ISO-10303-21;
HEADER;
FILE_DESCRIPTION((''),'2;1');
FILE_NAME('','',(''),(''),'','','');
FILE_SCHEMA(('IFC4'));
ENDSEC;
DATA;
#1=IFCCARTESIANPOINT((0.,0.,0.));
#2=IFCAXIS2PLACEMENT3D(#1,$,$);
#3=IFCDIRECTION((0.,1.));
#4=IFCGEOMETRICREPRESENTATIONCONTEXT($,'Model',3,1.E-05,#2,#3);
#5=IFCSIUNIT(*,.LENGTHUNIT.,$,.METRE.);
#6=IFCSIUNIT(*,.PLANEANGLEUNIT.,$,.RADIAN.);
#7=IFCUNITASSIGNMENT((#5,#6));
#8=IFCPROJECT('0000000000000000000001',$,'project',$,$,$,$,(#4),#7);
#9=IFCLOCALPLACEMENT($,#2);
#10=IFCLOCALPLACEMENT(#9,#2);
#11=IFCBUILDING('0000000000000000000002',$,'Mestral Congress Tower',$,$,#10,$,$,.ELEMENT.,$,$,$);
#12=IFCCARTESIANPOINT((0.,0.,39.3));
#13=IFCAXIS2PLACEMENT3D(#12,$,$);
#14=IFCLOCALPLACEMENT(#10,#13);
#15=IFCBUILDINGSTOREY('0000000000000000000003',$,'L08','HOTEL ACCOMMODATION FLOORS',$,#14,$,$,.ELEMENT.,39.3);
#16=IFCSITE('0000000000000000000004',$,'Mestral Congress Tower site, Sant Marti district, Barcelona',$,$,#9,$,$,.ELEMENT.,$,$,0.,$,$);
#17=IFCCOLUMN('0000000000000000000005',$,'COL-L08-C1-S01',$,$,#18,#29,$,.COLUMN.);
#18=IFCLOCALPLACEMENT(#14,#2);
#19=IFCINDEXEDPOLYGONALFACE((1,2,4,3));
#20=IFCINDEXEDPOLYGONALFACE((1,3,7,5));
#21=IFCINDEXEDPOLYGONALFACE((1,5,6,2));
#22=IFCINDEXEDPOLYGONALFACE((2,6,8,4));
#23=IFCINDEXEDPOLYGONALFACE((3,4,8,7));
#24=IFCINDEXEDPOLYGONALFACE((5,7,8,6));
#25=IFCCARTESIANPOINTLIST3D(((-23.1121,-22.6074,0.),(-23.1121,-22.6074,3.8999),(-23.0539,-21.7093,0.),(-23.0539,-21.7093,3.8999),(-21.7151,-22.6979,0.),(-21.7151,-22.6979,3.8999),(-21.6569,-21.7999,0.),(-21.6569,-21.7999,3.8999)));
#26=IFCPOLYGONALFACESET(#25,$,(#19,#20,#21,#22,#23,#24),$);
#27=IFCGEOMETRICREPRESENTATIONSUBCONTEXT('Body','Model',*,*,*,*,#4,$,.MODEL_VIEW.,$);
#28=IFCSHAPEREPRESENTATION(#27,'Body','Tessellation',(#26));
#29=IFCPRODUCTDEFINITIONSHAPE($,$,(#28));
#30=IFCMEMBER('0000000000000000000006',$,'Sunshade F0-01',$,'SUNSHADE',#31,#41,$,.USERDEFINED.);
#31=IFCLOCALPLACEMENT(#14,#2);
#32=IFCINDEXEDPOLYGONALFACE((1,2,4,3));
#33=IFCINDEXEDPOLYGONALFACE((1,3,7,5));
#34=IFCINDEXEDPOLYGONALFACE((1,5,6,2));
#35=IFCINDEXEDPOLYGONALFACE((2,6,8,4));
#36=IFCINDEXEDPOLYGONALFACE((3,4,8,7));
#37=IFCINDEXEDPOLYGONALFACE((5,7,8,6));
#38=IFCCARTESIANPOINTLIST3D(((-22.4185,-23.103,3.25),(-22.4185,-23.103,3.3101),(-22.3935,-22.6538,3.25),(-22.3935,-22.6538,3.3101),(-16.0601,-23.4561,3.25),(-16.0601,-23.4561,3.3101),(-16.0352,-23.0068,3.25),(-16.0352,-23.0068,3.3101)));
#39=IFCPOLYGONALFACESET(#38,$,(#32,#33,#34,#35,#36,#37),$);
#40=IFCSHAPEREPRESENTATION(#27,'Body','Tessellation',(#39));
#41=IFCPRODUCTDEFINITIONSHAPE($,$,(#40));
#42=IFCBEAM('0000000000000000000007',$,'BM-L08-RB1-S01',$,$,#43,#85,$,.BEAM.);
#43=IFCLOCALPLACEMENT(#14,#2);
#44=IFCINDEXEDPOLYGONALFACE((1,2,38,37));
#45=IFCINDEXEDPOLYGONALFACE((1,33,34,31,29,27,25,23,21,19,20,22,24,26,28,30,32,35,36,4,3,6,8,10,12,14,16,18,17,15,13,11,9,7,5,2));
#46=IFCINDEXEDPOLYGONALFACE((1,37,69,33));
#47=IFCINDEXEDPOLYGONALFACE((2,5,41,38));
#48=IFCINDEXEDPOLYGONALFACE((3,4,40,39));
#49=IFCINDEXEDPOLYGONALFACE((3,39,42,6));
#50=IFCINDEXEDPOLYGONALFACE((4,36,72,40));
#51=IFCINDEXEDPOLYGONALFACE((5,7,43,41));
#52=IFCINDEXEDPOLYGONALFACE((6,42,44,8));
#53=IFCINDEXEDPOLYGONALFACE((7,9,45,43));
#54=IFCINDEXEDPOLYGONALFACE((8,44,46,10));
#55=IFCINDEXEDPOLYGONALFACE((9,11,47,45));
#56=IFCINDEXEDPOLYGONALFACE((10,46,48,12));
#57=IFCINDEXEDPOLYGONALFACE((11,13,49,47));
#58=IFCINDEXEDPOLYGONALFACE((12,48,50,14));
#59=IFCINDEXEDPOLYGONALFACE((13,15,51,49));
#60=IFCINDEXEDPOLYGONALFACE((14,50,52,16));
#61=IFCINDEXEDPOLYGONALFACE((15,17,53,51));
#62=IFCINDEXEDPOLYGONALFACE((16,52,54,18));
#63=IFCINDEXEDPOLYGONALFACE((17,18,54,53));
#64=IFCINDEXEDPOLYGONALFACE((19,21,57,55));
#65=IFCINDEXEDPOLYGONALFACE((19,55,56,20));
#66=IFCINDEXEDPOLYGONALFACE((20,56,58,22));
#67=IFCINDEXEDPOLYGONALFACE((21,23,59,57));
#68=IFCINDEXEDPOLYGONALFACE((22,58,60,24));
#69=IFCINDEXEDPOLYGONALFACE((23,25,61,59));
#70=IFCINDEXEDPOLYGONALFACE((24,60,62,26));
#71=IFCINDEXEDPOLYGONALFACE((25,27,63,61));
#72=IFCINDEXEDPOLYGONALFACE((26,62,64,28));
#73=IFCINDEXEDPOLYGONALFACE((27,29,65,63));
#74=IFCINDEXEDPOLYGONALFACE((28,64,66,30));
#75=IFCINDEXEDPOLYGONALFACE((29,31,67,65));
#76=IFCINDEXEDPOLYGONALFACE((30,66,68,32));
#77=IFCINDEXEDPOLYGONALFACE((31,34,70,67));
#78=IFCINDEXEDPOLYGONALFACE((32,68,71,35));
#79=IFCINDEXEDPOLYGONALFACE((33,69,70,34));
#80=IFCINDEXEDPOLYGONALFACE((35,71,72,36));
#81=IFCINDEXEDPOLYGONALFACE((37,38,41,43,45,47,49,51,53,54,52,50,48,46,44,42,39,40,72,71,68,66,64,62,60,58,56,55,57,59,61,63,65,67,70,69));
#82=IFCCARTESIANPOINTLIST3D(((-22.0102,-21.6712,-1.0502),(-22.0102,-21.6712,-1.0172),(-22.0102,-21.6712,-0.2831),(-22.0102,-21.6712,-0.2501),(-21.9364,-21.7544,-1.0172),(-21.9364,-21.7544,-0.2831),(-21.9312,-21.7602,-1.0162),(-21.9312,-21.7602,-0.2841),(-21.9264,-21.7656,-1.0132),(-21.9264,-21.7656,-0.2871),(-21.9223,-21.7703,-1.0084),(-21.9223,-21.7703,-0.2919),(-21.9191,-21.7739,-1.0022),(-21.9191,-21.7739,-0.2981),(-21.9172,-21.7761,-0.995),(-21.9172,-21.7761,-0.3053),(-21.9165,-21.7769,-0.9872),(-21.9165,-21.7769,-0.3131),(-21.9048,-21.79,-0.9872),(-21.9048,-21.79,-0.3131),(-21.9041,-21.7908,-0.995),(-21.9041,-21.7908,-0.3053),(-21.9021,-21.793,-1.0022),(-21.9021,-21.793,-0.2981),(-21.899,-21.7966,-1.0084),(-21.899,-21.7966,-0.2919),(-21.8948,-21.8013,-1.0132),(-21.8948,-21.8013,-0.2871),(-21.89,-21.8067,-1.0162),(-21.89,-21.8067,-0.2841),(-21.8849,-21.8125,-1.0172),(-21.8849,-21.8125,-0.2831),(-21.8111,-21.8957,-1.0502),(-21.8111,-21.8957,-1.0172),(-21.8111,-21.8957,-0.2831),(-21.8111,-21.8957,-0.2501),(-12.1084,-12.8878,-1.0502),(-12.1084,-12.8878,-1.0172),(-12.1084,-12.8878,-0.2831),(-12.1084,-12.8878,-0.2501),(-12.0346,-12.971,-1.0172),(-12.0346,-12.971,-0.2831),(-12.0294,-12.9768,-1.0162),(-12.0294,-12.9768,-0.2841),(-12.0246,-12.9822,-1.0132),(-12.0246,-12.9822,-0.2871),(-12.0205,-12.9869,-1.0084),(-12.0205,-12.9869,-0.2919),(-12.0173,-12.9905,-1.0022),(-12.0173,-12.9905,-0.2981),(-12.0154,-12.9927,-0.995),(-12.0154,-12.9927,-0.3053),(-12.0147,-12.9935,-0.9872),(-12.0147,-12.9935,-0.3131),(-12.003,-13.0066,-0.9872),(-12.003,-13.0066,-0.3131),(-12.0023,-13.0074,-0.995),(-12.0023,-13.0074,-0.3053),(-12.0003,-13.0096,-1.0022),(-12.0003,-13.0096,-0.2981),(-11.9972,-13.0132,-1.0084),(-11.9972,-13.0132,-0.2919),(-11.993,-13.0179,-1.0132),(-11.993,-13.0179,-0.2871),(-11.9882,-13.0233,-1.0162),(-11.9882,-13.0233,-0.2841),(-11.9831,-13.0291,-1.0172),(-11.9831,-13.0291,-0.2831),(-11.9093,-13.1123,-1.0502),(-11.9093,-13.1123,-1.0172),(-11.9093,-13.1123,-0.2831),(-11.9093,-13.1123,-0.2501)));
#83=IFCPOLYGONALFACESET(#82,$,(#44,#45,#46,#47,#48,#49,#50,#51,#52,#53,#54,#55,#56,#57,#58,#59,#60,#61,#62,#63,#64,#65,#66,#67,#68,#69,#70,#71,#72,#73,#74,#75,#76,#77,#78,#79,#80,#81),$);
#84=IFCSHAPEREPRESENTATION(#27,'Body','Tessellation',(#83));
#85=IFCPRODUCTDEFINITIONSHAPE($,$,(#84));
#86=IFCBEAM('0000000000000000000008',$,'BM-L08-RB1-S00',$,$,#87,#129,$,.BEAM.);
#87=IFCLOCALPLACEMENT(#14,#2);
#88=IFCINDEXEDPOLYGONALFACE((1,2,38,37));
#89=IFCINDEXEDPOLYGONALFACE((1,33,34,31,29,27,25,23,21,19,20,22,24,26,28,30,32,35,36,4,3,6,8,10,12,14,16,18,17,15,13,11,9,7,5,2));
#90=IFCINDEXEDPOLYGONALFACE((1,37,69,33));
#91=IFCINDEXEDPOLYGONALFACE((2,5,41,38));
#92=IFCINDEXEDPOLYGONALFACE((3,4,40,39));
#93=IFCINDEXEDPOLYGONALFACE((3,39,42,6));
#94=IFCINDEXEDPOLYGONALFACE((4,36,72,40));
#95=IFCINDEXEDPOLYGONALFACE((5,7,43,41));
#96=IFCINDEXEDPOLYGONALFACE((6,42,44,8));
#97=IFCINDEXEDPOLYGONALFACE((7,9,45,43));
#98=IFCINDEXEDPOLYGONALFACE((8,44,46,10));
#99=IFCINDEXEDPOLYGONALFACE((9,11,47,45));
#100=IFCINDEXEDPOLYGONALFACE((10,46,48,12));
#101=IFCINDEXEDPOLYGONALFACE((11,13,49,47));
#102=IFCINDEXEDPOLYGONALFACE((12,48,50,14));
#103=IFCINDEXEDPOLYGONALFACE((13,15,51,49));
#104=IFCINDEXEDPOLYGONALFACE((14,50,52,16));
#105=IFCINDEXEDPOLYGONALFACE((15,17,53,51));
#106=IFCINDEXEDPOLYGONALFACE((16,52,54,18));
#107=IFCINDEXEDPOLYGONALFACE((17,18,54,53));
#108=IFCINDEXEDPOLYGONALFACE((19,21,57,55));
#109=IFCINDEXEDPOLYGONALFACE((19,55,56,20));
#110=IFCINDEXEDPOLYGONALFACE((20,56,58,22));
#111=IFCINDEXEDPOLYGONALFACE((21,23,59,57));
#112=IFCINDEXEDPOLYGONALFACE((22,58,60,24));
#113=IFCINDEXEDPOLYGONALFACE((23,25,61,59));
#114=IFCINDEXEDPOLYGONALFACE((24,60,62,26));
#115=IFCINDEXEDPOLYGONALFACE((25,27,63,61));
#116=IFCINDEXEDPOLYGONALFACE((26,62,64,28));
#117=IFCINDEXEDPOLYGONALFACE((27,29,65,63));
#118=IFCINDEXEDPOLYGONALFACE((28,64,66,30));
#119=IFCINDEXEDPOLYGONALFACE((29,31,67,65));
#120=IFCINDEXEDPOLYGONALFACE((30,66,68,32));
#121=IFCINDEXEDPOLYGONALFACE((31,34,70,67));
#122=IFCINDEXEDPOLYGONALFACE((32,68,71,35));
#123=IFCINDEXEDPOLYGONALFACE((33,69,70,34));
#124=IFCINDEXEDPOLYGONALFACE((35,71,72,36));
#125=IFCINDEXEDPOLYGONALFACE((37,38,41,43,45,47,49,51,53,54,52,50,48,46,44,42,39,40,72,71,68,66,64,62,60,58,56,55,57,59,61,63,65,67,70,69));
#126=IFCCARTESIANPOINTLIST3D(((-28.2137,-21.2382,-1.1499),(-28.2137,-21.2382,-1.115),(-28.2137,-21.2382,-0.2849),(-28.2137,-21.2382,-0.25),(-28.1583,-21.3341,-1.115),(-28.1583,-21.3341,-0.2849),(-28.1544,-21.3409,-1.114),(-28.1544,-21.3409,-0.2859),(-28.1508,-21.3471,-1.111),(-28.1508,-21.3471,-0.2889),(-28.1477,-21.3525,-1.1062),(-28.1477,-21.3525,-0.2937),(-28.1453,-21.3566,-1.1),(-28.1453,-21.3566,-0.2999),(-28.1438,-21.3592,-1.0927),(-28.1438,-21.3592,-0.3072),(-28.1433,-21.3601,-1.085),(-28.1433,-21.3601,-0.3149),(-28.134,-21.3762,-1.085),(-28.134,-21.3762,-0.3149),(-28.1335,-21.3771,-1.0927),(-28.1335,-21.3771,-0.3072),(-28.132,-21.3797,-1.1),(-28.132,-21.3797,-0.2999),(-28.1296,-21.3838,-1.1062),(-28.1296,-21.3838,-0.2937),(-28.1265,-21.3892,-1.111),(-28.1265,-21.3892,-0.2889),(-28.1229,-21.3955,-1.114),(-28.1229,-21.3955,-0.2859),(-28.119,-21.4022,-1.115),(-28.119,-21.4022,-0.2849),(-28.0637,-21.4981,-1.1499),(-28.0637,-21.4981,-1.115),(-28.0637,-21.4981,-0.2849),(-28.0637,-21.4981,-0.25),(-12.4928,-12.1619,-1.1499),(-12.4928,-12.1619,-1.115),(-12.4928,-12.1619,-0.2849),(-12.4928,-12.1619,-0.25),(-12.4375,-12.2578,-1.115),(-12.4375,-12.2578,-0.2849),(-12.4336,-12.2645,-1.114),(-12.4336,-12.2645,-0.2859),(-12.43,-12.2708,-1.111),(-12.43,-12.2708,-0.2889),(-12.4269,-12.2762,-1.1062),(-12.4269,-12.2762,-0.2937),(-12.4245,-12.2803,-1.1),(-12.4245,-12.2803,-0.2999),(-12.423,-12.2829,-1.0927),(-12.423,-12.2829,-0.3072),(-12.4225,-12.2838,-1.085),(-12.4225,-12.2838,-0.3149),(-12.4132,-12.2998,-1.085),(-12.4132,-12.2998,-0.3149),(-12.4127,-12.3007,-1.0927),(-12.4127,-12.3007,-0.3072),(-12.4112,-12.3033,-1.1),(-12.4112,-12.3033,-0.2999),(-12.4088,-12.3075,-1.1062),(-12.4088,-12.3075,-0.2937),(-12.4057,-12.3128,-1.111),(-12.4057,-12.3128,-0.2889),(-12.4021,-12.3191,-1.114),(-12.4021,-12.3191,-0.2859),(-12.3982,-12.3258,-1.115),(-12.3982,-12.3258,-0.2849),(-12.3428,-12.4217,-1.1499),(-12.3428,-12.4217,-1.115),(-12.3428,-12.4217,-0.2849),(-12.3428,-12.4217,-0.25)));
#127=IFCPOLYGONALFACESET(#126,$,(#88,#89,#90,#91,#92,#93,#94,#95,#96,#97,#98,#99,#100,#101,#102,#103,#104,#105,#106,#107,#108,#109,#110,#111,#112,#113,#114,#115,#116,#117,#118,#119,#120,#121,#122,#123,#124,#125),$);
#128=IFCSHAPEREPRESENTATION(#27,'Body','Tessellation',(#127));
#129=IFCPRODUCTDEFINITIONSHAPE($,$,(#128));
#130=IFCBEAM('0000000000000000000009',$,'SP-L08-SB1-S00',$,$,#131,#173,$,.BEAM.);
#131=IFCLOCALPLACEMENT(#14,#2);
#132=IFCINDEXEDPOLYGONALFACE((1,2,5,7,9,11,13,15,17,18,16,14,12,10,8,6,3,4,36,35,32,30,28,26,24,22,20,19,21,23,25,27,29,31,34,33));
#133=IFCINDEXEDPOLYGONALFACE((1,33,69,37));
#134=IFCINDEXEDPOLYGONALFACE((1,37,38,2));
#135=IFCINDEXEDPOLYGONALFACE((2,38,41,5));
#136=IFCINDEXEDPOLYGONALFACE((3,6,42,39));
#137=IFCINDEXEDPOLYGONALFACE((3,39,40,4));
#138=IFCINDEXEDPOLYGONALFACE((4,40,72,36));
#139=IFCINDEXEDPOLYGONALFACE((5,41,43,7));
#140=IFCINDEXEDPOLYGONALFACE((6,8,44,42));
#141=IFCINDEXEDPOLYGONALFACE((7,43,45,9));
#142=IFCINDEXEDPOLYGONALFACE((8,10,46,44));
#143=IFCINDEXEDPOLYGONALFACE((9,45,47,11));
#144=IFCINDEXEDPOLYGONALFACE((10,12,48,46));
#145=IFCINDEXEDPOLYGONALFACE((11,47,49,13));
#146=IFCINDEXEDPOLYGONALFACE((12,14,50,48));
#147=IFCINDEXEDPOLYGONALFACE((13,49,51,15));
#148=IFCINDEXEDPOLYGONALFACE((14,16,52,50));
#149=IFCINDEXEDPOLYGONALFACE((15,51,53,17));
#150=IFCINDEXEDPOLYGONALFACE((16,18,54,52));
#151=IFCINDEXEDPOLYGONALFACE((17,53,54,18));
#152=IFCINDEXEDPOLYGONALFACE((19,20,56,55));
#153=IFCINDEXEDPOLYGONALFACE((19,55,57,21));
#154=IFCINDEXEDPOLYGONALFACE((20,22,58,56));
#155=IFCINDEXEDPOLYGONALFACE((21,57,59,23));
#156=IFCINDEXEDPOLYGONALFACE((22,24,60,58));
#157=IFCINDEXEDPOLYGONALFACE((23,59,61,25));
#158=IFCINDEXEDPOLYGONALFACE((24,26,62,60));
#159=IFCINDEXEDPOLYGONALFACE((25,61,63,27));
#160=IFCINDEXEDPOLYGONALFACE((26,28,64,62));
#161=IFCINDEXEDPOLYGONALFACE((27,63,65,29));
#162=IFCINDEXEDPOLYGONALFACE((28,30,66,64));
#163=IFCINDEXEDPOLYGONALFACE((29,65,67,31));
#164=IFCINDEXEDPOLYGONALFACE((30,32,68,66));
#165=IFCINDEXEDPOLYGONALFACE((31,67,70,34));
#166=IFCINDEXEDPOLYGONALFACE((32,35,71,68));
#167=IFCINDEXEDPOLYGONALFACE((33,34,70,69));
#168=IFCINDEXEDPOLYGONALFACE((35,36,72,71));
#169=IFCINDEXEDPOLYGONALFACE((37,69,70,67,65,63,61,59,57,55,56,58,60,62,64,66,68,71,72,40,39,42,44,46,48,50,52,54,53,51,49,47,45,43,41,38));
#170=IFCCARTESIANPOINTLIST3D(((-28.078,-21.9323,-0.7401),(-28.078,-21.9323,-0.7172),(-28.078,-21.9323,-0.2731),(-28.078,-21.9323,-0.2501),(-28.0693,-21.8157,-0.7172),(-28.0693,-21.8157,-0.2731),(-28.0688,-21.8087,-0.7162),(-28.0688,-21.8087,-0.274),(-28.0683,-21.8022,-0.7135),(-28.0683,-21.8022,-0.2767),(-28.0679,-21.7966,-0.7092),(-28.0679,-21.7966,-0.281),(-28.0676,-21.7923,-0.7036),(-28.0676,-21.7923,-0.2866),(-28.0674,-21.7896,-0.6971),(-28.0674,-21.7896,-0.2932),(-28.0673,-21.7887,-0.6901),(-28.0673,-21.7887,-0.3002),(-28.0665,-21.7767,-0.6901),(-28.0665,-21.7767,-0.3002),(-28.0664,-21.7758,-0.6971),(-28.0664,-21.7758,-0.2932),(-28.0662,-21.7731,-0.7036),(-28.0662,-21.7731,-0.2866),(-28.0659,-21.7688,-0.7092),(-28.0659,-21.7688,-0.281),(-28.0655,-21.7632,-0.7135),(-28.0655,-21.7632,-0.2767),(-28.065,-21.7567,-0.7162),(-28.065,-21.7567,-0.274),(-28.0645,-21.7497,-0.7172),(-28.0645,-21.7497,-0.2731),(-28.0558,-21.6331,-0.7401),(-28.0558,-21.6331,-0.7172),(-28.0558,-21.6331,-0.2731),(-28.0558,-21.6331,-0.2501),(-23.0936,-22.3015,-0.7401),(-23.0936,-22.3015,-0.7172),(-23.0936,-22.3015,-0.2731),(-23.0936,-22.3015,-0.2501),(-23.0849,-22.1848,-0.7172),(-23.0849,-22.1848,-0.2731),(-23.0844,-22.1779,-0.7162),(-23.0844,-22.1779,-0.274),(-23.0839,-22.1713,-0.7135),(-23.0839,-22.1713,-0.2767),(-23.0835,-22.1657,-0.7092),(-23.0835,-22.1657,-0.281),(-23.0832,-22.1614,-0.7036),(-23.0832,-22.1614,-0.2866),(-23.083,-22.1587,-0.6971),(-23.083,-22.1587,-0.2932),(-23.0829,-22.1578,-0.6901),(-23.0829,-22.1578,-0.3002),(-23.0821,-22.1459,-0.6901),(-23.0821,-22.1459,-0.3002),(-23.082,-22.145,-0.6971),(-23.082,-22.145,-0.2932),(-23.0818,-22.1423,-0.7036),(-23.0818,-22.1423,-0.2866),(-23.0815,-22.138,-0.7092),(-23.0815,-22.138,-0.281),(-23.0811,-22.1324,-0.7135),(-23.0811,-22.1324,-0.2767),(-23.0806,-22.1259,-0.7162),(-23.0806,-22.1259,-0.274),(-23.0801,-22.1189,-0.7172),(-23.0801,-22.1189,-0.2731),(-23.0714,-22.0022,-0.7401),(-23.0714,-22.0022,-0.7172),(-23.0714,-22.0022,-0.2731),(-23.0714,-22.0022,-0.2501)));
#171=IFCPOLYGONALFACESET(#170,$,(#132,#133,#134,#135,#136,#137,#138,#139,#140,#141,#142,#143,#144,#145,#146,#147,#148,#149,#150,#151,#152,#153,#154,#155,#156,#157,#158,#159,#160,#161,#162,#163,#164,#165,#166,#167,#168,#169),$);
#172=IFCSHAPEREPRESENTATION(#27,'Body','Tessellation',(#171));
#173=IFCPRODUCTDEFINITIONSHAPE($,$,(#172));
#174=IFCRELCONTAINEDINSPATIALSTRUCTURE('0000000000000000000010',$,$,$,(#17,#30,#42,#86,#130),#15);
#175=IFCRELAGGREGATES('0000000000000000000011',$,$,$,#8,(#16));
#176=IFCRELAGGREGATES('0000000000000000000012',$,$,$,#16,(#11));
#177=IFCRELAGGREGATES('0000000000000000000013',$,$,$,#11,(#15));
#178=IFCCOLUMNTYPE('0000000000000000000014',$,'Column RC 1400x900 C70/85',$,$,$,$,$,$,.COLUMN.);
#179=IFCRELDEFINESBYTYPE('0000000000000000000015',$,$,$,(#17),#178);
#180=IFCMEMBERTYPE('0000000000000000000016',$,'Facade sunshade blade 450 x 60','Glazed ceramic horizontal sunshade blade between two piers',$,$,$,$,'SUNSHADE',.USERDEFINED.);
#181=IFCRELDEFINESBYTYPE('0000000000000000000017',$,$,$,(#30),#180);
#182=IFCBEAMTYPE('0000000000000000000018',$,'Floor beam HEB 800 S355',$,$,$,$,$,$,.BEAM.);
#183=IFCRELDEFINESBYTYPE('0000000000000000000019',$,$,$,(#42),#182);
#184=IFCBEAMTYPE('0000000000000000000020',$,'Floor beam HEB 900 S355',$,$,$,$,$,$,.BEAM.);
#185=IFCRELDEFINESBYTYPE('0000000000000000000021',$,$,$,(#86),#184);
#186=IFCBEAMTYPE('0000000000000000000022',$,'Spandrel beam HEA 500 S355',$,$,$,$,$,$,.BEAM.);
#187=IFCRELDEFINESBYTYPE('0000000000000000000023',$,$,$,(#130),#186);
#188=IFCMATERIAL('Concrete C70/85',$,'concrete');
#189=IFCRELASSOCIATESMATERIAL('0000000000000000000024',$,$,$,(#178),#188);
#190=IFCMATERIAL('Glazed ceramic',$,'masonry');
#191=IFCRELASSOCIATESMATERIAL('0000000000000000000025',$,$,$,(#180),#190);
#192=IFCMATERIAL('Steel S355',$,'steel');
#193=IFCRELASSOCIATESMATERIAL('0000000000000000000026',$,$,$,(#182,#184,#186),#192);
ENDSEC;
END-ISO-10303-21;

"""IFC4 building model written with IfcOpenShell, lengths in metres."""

from ifc_helpers import new_model, si_unit, direction, frame, origin, origin_2d, place, context, subcontext, project, spatial, rectangle, i_section, extrude, material, material_profile, profile_set, type_object, element, save


model = new_model("IFC4")

# Units and contexts
model_context = context("Model", 3, precision=1e-05, world=origin(), true_north=direction((0.0, 1.0)))
body_context = subcontext(model_context, "Body", "Model", "MODEL_VIEW")
ifc_project = project(units=[si_unit("LENGTHUNIT", "METRE"), si_unit("PLANEANGLEUNIT", "RADIAN")], contexts=[model_context])

# Site, building, storey
site_placement = place(None, origin())
site = spatial("IfcSite", under=ifc_project, at=site_placement, Name="Mestral Congress Tower site, Sant Marti district, Barcelona", CompositionType="ELEMENT", RefElevation=0.0)
building_placement = place(site_placement, origin())
building = spatial("IfcBuilding", under=site, at=building_placement, Name="Mestral Congress Tower", CompositionType="ELEMENT")
storey_placement = place(building_placement, frame((0.0, 0.0, 39.3)))
storey = spatial("IfcBuildingStorey", under=building, at=storey_placement, Name="L08", Description="HOTEL ACCOMMODATION FLOORS", CompositionType="ELEMENT", Elevation=39.3)

# Column
ifc_material_1 = material(Name="Concrete C70/85", Category="concrete")
ifc_material_profile_1 = material_profile(ifc_material_1, rectangle(XDim=1.3999, YDim=0.8999, at=origin_2d()), Name="RC 1400x900")
ifc_profile_set_1 = profile_set([ifc_material_profile_1], Name="Concrete C70/85")
column_type = type_object("IfcColumnType", Name="Column RC 1400x900 C70/85", PredefinedType="COLUMN", material=ifc_profile_set_1)
column_placement = place(storey_placement, frame((-22.3845, -22.2036, 0.0), z_axis=(0.0, 0.0, 1.0), x_axis=(0.997908, -0.064658, 0.0)))
element("IfcColumn", 1, at=column_placement, inside=storey, type_object=column_type, Name="COL-L08-C1-S01", PredefinedType="COLUMN", context=body_context, shape_type="SweptSolid", body=[
    extrude(rectangle(XDim=1.3999, YDim=0.8999, at=origin_2d()), origin(), (0.0, 0.0, 1.0), 3.8999),
])

# Member
ifc_material_2 = material(Name="Glazed ceramic", Category="masonry")
ifc_material_profile_2 = material_profile(ifc_material_2, rectangle(XDim=0.45, YDim=0.0601, at=origin_2d()), Name="Ceramic blade 450 x 60")
ifc_profile_set_2 = profile_set([ifc_material_profile_2], Name="Glazed ceramic")
member_type = type_object("IfcMemberType", Name="Facade sunshade blade 450 x 60", Description="Glazed ceramic horizontal sunshade blade between two piers", ElementType="SUNSHADE", PredefinedType="USERDEFINED", material=ifc_profile_set_2)
member_placement = place(storey_placement, frame((-22.406, -22.8784, 3.28), z_axis=(0.998462, -0.055436, 0.0), x_axis=(0.055436, 0.998462, 0.0)))
element("IfcMember", 2, at=member_placement, inside=storey, type_object=member_type, Name="Sunshade F0-01", ObjectType="SUNSHADE", PredefinedType="USERDEFINED", context=body_context, shape_type="SweptSolid", body=[
    extrude(rectangle(XDim=0.45, YDim=0.0601, at=origin_2d()), origin(), (0.0, 0.0, 1.0), 6.3682),
])

# Beams
ifc_material_3 = material(Name="Steel S355", Category="steel")
ifc_material_profile_3 = material_profile(ifc_material_3, i_section(OverallWidth=0.3, OverallDepth=0.8, WebThickness=0.0176, FlangeThickness=0.033, FilletRadius=0.03, at=origin_2d()), Name="HEB 800")
ifc_profile_set_3 = profile_set([ifc_material_profile_3], Name="Steel S355")
beam_type_1 = type_object("IfcBeamType", Name="Floor beam HEB 800 S355", PredefinedType="BEAM", material=ifc_profile_set_3)
beam_1_placement = place(storey_placement, frame((-21.9106, -21.7834, -0.6501), z_axis=(0.748092, 0.663595, 0.0), x_axis=(-0.663595, 0.748092, 0.0)))
element("IfcBeam", 3, at=beam_1_placement, inside=storey, type_object=beam_type_1, Name="BM-L08-RB1-S01", PredefinedType="BEAM", context=body_context, shape_type="SweptSolid", body=[
    extrude(i_section(OverallWidth=0.3, OverallDepth=0.8, WebThickness=0.0176, FlangeThickness=0.033, FilletRadius=0.03, at=origin_2d()), origin(), (0.0, 0.0, 1.0), 13.2361),
])
ifc_material_profile_4 = material_profile(ifc_material_3, i_section(OverallWidth=0.3, OverallDepth=0.8999, WebThickness=0.0186, FlangeThickness=0.0349, FilletRadius=0.03, at=origin_2d()), Name="HEB 900")
ifc_profile_set_4 = profile_set([ifc_material_profile_4], Name="Steel S355")
beam_type_2 = type_object("IfcBeamType", Name="Floor beam HEB 900 S355", PredefinedType="BEAM", material=ifc_profile_set_4)
beam_2_placement = place(storey_placement, frame((-28.1387, -21.3682, -0.7), z_axis=(0.866027, 0.499997, 0.0), x_axis=(-0.499997, 0.866027, 0.0)))
element("IfcBeam", 4, at=beam_2_placement, inside=storey, type_object=beam_type_2, Name="BM-L08-RB1-S00", PredefinedType="BEAM", context=body_context, shape_type="SweptSolid", body=[
    extrude(i_section(OverallWidth=0.3, OverallDepth=0.8999, WebThickness=0.0186, FlangeThickness=0.0349, FilletRadius=0.03, at=origin_2d()), origin(), (0.0, 0.0, 1.0), 18.1528),
])
ifc_material_profile_5 = material_profile(ifc_material_3, i_section(OverallWidth=0.3, OverallDepth=0.49, WebThickness=0.012, FlangeThickness=0.0229, FilletRadius=0.0271, at=origin_2d()), Name="HEA 500")
ifc_profile_set_5 = profile_set([ifc_material_profile_5], Name="Steel S355")
beam_type_3 = type_object("IfcBeamType", Name="Spandrel beam HEA 500 S355", PredefinedType="BEAM", material=ifc_profile_set_5)
beam_3_placement = place(storey_placement, frame((-28.0669, -21.7827, -0.4951), z_axis=(0.997269, -0.073857, 0.0), x_axis=(0.073857, 0.997269, 0.0)))
element("IfcBeam", 5, at=beam_3_placement, inside=storey, type_object=beam_type_3, Name="SP-L08-SB1-S00", PredefinedType="BEAM", context=body_context, shape_type="SweptSolid", body=[
    extrude(i_section(OverallWidth=0.3, OverallDepth=0.49, WebThickness=0.012, FlangeThickness=0.0229, FilletRadius=0.0271, at=origin_2d()), origin(), (0.0, 0.0, 1.0), 4.998),
])

save(model, "model.ifc")
